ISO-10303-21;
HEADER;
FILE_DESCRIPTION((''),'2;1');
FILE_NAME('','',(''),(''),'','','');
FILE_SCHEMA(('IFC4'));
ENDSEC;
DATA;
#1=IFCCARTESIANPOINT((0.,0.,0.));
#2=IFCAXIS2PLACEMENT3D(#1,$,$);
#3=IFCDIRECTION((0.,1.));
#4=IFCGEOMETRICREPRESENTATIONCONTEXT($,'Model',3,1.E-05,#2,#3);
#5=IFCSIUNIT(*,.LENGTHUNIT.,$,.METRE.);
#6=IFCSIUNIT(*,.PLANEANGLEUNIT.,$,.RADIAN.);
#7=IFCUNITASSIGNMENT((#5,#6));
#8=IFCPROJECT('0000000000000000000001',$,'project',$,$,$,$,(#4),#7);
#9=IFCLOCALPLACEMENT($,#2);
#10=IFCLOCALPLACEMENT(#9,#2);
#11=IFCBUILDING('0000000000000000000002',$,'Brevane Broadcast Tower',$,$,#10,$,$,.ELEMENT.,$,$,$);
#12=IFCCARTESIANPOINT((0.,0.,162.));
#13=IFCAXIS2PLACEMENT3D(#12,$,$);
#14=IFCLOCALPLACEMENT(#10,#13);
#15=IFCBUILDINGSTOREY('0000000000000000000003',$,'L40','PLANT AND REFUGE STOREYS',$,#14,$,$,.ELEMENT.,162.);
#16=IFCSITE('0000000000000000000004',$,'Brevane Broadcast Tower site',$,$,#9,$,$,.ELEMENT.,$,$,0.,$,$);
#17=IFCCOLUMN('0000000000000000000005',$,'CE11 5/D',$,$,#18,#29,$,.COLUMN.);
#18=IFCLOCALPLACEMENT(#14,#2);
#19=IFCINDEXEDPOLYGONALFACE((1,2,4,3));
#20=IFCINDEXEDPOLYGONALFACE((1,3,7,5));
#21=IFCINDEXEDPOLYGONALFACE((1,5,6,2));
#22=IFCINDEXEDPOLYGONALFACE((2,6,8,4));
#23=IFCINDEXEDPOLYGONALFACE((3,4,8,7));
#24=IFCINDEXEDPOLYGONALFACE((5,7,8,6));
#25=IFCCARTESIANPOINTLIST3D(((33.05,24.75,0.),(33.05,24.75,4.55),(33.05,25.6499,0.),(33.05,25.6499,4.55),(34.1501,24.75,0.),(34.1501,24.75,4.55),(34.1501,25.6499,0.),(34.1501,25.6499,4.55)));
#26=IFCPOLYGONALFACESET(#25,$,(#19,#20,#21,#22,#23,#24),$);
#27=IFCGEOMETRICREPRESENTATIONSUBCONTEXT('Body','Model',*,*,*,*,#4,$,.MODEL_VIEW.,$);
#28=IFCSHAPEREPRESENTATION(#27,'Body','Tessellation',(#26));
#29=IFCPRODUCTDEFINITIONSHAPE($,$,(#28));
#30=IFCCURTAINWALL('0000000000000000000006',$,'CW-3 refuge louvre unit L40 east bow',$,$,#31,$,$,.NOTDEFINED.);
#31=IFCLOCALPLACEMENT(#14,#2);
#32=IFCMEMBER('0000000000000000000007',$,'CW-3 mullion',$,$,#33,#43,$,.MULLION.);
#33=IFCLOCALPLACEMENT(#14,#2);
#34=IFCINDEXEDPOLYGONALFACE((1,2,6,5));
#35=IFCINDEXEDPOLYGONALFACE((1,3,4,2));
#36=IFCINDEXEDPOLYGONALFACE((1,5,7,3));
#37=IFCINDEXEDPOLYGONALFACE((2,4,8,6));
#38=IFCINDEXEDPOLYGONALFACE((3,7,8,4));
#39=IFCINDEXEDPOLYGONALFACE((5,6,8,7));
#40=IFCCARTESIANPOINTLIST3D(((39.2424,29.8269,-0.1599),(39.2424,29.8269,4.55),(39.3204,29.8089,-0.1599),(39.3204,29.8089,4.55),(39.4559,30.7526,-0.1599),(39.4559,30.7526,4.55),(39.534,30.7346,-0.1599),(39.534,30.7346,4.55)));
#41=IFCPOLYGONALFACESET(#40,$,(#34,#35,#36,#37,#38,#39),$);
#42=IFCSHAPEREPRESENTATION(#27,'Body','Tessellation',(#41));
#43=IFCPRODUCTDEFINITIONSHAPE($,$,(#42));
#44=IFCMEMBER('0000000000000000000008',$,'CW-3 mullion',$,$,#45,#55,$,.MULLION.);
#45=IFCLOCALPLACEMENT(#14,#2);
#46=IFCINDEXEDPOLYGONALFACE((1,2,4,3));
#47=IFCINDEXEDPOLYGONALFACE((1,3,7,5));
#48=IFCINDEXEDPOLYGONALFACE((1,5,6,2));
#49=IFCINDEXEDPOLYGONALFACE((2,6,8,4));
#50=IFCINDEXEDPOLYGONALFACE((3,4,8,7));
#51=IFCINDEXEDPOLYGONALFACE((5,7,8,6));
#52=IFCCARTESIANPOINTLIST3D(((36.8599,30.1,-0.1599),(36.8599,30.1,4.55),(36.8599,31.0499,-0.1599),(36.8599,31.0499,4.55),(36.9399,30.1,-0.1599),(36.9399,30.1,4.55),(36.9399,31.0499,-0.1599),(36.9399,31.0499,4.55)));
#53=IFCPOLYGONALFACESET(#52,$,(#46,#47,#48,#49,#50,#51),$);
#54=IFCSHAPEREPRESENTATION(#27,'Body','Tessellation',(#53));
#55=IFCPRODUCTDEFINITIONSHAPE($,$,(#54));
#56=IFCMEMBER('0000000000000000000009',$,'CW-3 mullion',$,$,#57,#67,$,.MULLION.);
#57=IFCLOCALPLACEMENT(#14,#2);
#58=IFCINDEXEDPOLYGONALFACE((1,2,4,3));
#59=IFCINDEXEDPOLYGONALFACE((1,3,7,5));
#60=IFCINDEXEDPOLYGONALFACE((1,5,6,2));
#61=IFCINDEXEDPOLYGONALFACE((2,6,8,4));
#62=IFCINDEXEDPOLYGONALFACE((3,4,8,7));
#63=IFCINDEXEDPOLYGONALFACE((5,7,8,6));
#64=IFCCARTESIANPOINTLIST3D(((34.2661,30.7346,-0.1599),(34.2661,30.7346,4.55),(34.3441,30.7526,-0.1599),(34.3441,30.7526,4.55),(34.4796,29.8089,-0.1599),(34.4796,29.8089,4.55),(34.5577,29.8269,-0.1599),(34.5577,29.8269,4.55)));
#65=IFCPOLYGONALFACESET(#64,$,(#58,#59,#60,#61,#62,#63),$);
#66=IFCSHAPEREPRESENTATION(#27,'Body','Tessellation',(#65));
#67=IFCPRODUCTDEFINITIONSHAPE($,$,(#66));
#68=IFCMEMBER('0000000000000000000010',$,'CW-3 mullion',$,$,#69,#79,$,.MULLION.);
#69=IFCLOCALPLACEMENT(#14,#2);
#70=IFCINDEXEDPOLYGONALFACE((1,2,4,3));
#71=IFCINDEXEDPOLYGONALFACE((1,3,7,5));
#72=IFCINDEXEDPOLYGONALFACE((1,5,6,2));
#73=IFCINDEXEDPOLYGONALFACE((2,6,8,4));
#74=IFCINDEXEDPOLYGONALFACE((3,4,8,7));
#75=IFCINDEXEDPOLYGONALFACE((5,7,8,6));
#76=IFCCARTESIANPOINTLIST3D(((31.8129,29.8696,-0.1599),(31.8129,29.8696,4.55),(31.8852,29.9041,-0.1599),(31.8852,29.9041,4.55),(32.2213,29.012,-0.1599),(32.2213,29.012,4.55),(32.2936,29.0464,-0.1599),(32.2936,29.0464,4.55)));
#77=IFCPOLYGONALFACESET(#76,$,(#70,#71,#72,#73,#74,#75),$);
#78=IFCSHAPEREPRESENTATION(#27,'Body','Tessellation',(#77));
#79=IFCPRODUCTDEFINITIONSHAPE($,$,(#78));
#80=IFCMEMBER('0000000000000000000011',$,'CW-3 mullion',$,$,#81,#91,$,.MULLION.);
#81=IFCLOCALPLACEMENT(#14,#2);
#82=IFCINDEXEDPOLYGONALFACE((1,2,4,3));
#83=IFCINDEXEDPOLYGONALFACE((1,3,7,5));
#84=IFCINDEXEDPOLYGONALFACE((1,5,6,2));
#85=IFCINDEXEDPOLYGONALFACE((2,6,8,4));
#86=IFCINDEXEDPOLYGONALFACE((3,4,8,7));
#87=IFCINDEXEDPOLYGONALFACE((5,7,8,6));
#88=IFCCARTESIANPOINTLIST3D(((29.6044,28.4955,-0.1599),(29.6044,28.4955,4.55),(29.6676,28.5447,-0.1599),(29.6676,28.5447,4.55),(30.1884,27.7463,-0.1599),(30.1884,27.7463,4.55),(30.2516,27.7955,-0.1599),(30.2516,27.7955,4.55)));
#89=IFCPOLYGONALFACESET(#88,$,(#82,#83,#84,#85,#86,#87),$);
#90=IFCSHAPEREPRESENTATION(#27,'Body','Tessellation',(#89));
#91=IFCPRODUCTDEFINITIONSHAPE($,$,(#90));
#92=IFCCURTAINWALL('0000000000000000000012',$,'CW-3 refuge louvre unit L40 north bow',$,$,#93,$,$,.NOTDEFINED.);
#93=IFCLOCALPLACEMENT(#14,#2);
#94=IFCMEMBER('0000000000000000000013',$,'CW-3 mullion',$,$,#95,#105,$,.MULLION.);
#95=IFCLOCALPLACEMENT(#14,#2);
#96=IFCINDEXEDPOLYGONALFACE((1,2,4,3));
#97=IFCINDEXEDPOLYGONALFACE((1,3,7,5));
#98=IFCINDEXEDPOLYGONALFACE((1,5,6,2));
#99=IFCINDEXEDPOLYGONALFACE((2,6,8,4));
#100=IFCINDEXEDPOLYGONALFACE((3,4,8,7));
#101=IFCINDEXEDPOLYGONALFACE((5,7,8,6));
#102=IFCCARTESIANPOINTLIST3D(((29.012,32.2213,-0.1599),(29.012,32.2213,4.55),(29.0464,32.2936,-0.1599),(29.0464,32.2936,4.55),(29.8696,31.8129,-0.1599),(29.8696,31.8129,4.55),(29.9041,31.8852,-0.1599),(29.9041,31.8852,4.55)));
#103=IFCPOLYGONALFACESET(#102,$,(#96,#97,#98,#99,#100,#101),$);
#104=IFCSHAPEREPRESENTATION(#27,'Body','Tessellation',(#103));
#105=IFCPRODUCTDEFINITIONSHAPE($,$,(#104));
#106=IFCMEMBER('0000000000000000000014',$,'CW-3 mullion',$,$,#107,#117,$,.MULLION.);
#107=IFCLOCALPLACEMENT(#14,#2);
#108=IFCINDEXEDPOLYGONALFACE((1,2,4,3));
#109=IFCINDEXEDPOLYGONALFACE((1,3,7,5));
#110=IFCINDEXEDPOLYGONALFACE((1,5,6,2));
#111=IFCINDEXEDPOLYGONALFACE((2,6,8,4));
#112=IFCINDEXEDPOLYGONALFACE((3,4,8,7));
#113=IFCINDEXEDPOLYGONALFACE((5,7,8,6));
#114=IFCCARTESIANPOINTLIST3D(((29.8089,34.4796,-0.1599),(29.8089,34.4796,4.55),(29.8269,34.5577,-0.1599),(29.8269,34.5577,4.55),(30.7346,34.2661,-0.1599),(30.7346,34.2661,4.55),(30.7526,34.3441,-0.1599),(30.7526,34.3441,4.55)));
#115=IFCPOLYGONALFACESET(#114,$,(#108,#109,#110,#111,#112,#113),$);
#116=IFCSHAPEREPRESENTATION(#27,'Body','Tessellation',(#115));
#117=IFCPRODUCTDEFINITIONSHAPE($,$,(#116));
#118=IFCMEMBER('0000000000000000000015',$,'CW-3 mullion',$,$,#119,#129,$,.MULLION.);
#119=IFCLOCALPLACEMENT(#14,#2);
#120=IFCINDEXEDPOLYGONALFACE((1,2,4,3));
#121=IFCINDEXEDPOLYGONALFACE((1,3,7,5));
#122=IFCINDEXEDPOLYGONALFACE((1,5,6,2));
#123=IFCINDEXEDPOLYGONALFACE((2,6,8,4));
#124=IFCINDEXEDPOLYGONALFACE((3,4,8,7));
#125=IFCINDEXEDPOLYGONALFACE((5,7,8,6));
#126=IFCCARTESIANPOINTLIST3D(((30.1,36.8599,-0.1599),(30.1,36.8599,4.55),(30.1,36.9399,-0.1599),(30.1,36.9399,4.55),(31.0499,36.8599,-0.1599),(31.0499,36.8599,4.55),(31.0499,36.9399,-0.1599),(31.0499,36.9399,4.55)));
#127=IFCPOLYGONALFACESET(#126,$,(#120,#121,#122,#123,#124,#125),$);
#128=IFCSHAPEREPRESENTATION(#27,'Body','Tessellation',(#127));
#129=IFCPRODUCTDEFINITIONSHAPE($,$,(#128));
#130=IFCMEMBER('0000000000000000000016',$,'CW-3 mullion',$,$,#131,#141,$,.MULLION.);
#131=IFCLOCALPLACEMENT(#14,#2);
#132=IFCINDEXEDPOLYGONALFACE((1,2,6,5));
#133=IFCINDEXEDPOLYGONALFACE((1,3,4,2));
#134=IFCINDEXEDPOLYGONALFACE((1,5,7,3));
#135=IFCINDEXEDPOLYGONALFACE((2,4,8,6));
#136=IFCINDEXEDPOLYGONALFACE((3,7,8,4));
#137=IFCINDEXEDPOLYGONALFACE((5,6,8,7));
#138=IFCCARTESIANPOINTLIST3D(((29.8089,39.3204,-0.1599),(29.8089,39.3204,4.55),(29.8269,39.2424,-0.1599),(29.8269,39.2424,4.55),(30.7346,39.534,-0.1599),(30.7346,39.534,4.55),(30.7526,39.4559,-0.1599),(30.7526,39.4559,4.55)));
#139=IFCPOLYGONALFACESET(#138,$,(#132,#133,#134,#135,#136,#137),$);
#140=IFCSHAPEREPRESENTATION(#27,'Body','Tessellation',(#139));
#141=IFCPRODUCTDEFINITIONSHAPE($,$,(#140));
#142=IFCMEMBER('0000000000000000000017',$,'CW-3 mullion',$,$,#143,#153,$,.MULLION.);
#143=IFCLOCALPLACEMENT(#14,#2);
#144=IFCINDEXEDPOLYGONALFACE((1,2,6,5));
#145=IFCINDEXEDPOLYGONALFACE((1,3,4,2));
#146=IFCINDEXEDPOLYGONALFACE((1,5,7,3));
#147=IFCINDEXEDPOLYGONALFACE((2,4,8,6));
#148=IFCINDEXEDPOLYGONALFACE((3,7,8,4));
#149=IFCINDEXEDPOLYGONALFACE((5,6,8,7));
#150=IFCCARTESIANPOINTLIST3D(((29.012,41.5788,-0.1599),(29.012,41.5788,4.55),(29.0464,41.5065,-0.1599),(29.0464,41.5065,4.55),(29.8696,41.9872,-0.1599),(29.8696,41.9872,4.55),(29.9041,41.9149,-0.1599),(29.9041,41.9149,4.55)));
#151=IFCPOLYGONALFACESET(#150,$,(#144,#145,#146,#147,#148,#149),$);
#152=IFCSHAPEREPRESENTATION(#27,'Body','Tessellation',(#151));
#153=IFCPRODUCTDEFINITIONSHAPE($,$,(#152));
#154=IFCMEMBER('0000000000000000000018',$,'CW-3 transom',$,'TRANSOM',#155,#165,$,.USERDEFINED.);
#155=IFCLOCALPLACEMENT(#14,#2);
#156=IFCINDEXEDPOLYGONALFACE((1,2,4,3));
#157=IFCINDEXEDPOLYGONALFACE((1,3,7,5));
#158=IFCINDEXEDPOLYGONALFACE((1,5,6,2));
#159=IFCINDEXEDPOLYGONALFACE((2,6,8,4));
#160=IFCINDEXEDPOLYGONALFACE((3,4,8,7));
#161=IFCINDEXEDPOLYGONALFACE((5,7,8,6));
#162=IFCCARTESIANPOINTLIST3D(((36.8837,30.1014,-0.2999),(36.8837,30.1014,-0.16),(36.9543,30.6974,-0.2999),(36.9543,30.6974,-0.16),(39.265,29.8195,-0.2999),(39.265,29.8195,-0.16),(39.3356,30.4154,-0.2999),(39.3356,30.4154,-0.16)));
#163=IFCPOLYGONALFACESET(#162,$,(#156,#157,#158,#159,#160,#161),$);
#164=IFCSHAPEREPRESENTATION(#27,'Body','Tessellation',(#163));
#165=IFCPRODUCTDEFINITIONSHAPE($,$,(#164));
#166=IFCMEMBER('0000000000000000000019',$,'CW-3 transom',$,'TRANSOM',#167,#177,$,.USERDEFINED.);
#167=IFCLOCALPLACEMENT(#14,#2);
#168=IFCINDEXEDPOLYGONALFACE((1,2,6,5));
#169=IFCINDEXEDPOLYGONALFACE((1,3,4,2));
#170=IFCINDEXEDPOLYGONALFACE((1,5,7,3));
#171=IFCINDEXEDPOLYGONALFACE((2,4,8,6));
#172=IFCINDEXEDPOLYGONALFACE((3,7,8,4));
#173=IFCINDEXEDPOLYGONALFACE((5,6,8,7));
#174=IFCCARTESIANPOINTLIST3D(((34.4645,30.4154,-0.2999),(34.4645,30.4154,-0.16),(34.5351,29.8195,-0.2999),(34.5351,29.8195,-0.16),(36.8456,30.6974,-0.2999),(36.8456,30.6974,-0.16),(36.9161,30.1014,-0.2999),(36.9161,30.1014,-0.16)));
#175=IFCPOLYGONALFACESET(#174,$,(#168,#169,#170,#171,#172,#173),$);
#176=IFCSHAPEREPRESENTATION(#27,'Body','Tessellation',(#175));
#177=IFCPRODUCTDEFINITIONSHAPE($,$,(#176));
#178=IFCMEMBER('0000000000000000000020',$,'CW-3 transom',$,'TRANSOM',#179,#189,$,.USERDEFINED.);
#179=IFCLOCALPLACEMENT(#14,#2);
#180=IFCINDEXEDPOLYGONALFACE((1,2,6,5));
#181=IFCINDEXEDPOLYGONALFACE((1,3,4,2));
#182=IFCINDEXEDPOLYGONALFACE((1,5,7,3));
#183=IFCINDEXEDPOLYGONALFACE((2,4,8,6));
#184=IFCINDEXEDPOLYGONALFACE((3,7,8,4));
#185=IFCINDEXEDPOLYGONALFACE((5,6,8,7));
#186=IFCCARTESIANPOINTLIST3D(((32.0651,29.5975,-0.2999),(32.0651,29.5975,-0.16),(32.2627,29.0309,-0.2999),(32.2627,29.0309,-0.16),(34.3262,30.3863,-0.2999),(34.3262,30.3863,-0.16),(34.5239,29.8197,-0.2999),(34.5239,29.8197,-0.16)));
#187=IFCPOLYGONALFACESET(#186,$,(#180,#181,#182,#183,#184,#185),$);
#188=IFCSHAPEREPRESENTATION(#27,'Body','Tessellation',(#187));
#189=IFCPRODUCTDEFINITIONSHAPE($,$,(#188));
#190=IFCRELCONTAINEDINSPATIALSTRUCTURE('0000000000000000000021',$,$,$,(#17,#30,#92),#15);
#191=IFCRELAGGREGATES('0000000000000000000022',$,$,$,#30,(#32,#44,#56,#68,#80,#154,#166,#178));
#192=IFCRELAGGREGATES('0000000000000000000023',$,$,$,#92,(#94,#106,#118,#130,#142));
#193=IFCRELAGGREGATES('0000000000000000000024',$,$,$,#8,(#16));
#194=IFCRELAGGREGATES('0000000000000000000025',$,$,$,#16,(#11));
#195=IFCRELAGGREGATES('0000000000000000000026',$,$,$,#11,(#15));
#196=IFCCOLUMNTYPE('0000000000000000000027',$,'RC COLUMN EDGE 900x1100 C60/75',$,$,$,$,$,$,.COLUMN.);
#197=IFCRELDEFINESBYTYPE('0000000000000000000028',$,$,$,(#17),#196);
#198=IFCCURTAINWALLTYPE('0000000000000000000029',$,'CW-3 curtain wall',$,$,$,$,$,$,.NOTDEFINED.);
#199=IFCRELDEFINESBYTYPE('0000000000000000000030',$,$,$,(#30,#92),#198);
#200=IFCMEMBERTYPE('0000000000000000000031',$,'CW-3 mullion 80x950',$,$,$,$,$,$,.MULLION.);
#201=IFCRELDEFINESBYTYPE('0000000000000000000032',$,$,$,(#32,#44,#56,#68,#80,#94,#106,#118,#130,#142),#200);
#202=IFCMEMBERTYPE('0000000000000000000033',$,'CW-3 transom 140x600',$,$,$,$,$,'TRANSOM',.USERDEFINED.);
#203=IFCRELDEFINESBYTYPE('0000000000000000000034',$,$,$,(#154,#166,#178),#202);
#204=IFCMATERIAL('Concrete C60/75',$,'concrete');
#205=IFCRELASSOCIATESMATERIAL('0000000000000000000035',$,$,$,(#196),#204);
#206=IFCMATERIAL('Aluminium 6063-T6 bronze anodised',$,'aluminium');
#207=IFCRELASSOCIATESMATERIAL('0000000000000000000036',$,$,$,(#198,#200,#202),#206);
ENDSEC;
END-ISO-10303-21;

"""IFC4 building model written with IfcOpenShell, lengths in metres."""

from ifc_helpers import new_model, si_unit, direction, frame, origin, origin_2d, place, context, subcontext, project, spatial, rectangle, extrude, material, material_profile, profile_set, type_object, element, aggregate, save


model = new_model("IFC4")

# Units and contexts
model_context = context("Model", 3, precision=1e-05, world=origin(), true_north=direction((0.0, 1.0)))
body_context = subcontext(model_context, "Body", "Model", "MODEL_VIEW")
ifc_project = project(units=[si_unit("LENGTHUNIT", "METRE"), si_unit("PLANEANGLEUNIT", "RADIAN")], contexts=[model_context])

# Site, building, storey
site_placement = place(None, origin())
site = spatial("IfcSite", under=ifc_project, at=site_placement, Name="Brevane Broadcast Tower site", CompositionType="ELEMENT", RefElevation=0.0)
building_placement = place(site_placement, origin())
building = spatial("IfcBuilding", under=site, at=building_placement, Name="Brevane Broadcast Tower", CompositionType="ELEMENT")
storey_placement = place(building_placement, frame((0.0, 0.0, 162.0)))
storey = spatial("IfcBuildingStorey", under=building, at=storey_placement, Name="L40", Description="PLANT AND REFUGE STOREYS", CompositionType="ELEMENT", Elevation=162.0)

# Column
ifc_material_1 = material(Name="Concrete C60/75", Category="concrete")
ifc_material_profile_1 = material_profile(ifc_material_1, rectangle(XDim=0.8999, YDim=1.1001, at=origin_2d()), Name="RC 900x1100")
ifc_profile_set_1 = profile_set([ifc_material_profile_1], Name="Concrete C60/75")
column_type = type_object("IfcColumnType", Name="RC COLUMN EDGE 900x1100 C60/75", PredefinedType="COLUMN", material=ifc_profile_set_1)
column_placement = place(storey_placement, frame((33.6001, 25.2, 0.0), z_axis=(0.0, 0.0, 1.0), x_axis=(0.0, 1.0, 0.0)))
element("IfcColumn", 1, at=column_placement, inside=storey, type_object=column_type, Name="CE11 5/D", PredefinedType="COLUMN", context=body_context, shape_type="SweptSolid", body=[
    extrude(rectangle(XDim=0.8999, YDim=1.1001, at=origin_2d()), origin(), (0.0, 0.0, 1.0), 4.55),
])

# Curtain walls, members
ifc_material_2 = material(Name="Aluminium 6063-T6 bronze anodised", Category="aluminium")
curtain_wall_type = type_object("IfcCurtainWallType", Name="CW-3 curtain wall", PredefinedType="NOTDEFINED", material=ifc_material_2)
curtain_wall_1_placement = place(storey_placement, origin())
curtain_wall_1 = element("IfcCurtainWall", 2, at=curtain_wall_1_placement, inside=storey, type_object=curtain_wall_type, Name="CW-3 refuge louvre unit L40 east bow", PredefinedType="NOTDEFINED")
ifc_material_profile_2 = material_profile(ifc_material_2, rectangle(XDim=0.95, YDim=0.0801, at=origin_2d()), Name="RECT 80x950")
ifc_profile_set_2 = profile_set([ifc_material_profile_2], Name="Aluminium 6063-T6 bronze anodised")
member_type_1 = type_object("IfcMemberType", Name="CW-3 mullion 80x950", PredefinedType="MULLION", material=ifc_profile_set_2)
member_1_placement = place(storey_placement, frame((39.3882, 30.2808, -0.1599), z_axis=(0.0, 0.0, 1.0), x_axis=(-0.224807, -0.974403, 0.0)))
member_1 = element("IfcMember", 3, at=member_1_placement, type_object=member_type_1, Name="CW-3 mullion", PredefinedType="MULLION", context=body_context, shape_type="SweptSolid", body=[
    extrude(rectangle(XDim=0.95, YDim=0.0801, at=origin_2d()), origin(), (0.0, 0.0, 1.0), 4.71),
])
member_2_placement = place(storey_placement, frame((36.8999, 30.575, -0.1599), z_axis=(0.0, 0.0, 1.0), x_axis=(0.0, -1.0, 0.0)))
member_2 = element("IfcMember", 4, at=member_2_placement, type_object=member_type_1, Name="CW-3 mullion", PredefinedType="MULLION", context=body_context, shape_type="SweptSolid", body=[
    extrude(rectangle(XDim=0.95, YDim=0.0801, at=origin_2d()), origin(), (0.0, 0.0, 1.0), 4.71),
])
member_3_placement = place(storey_placement, frame((34.4119, 30.2808, -0.1599), z_axis=(0.0, 0.0, 1.0), x_axis=(0.224807, -0.974403, 0.0)))
member_3 = element("IfcMember", 5, at=member_3_placement, type_object=member_type_1, Name="CW-3 mullion", PredefinedType="MULLION", context=body_context, shape_type="SweptSolid", body=[
    extrude(rectangle(XDim=0.95, YDim=0.0801, at=origin_2d()), origin(), (0.0, 0.0, 1.0), 4.71),
])
member_4_placement = place(storey_placement, frame((32.0532, 29.458, -0.1599), z_axis=(0.0, 0.0, 1.0), x_axis=(0.429934, -0.902861, 0.0)))
member_4 = element("IfcMember", 6, at=member_4_placement, type_object=member_type_1, Name="CW-3 mullion", PredefinedType="MULLION", context=body_context, shape_type="SweptSolid", body=[
    extrude(rectangle(XDim=0.95, YDim=0.0801, at=origin_2d()), origin(), (0.0, 0.0, 1.0), 4.71),
])
member_5_placement = place(storey_placement, frame((29.928, 28.1455, -0.1599), z_axis=(0.0, 0.0, 1.0), x_axis=(0.61477, -0.788707, 0.0)))
member_5 = element("IfcMember", 7, at=member_5_placement, type_object=member_type_1, Name="CW-3 mullion", PredefinedType="MULLION", context=body_context, shape_type="SweptSolid", body=[
    extrude(rectangle(XDim=0.95, YDim=0.0801, at=origin_2d()), origin(), (0.0, 0.0, 1.0), 4.71),
])
curtain_wall_2_placement = place(storey_placement, origin())
curtain_wall_2 = element("IfcCurtainWall", 8, at=curtain_wall_2_placement, inside=storey, type_object=curtain_wall_type, Name="CW-3 refuge louvre unit L40 north bow", PredefinedType="NOTDEFINED")
member_6_placement = place(storey_placement, frame((29.458, 32.0532, -0.1599), z_axis=(0.0, 0.0, 1.0), x_axis=(-0.902861, 0.429934, 0.0)))
member_6 = element("IfcMember", 9, at=member_6_placement, type_object=member_type_1, Name="CW-3 mullion", PredefinedType="MULLION", context=body_context, shape_type="SweptSolid", body=[
    extrude(rectangle(XDim=0.95, YDim=0.0801, at=origin_2d()), origin(), (0.0, 0.0, 1.0), 4.71),
])
member_7_placement = place(storey_placement, frame((30.2808, 34.4119, -0.1599), z_axis=(0.0, 0.0, 1.0), x_axis=(-0.974403, 0.224807, 0.0)))
member_7 = element("IfcMember", 10, at=member_7_placement, type_object=member_type_1, Name="CW-3 mullion", PredefinedType="MULLION", context=body_context, shape_type="SweptSolid", body=[
    extrude(rectangle(XDim=0.95, YDim=0.0801, at=origin_2d()), origin(), (0.0, 0.0, 1.0), 4.71),
])
member_8_placement = place(storey_placement, frame((30.575, 36.8999, -0.1599), z_axis=(0.0, 0.0, 1.0), x_axis=(-1.0, 0.0, 0.0)))
member_8 = element("IfcMember", 11, at=member_8_placement, type_object=member_type_1, Name="CW-3 mullion", PredefinedType="MULLION", context=body_context, shape_type="SweptSolid", body=[
    extrude(rectangle(XDim=0.95, YDim=0.0801, at=origin_2d()), origin(), (0.0, 0.0, 1.0), 4.71),
])
member_9_placement = place(storey_placement, frame((30.2808, 39.3882, -0.1599), z_axis=(0.0, 0.0, 1.0), x_axis=(-0.974403, -0.224807, 0.0)))
member_9 = element("IfcMember", 12, at=member_9_placement, type_object=member_type_1, Name="CW-3 mullion", PredefinedType="MULLION", context=body_context, shape_type="SweptSolid", body=[
    extrude(rectangle(XDim=0.95, YDim=0.0801, at=origin_2d()), origin(), (0.0, 0.0, 1.0), 4.71),
])
member_10_placement = place(storey_placement, frame((29.458, 41.7468, -0.1599), z_axis=(0.0, 0.0, 1.0), x_axis=(-0.902861, -0.429934, 0.0)))
member_10 = element("IfcMember", 13, at=member_10_placement, type_object=member_type_1, Name="CW-3 mullion", PredefinedType="MULLION", context=body_context, shape_type="SweptSolid", body=[
    extrude(rectangle(XDim=0.95, YDim=0.0801, at=origin_2d()), origin(), (0.0, 0.0, 1.0), 4.71),
])

# Members
ifc_material_profile_3 = material_profile(ifc_material_2, rectangle(XDim=0.6001, YDim=0.1399, at=origin_2d()), Name="RECT 140x600")
ifc_profile_set_3 = profile_set([ifc_material_profile_3], Name="Aluminium 6063-T6 bronze anodised")
member_type_2 = type_object("IfcMemberType", Name="CW-3 transom 140x600", ElementType="TRANSOM", PredefinedType="USERDEFINED", material=ifc_profile_set_3)
member_11_placement = place(storey_placement, frame((39.3003, 30.1174, -0.23), z_axis=(-0.993062, 0.117591, 0.0), x_axis=(-0.117591, -0.993062, 0.0)))
member_11 = element("IfcMember", 14, at=member_11_placement, type_object=member_type_2, Name="CW-3 transom", ObjectType="TRANSOM", PredefinedType="USERDEFINED", context=body_context, shape_type="SweptSolid", body=[
    extrude(rectangle(XDim=0.6001, YDim=0.1399, at=origin_2d()), origin(), (0.0, 0.0, 1.0), 2.3979),
])
member_12_placement = place(storey_placement, frame((36.8809, 30.3994, -0.23), z_axis=(-0.993061, -0.117603, 0.0), x_axis=(0.117603, -0.993061, 0.0)))
member_12 = element("IfcMember", 15, at=member_12_placement, type_object=member_type_2, Name="CW-3 transom", ObjectType="TRANSOM", PredefinedType="USERDEFINED", context=body_context, shape_type="SweptSolid", body=[
    extrude(rectangle(XDim=0.6001, YDim=0.1399, at=origin_2d()), origin(), (0.0, 0.0, 1.0), 2.3977),
])
member_13_placement = place(storey_placement, frame((34.425, 30.103, -0.23), z_axis=(-0.944198, -0.329378, 0.0), x_axis=(0.329378, -0.944198, 0.0)))
member_13 = element("IfcMember", 16, at=member_13_placement, type_object=member_type_2, Name="CW-3 transom", ObjectType="TRANSOM", PredefinedType="USERDEFINED", context=body_context, shape_type="SweptSolid", body=[
    extrude(rectangle(XDim=0.6001, YDim=0.1399, at=origin_2d()), origin(), (0.0, 0.0, 1.0), 2.3948),
])
aggregate(curtain_wall_1, [member_1, member_2, member_3, member_4, member_5, member_11, member_12, member_13])
aggregate(curtain_wall_2, [member_6, member_7, member_8, member_9, member_10])

save(model, "model.ifc")
